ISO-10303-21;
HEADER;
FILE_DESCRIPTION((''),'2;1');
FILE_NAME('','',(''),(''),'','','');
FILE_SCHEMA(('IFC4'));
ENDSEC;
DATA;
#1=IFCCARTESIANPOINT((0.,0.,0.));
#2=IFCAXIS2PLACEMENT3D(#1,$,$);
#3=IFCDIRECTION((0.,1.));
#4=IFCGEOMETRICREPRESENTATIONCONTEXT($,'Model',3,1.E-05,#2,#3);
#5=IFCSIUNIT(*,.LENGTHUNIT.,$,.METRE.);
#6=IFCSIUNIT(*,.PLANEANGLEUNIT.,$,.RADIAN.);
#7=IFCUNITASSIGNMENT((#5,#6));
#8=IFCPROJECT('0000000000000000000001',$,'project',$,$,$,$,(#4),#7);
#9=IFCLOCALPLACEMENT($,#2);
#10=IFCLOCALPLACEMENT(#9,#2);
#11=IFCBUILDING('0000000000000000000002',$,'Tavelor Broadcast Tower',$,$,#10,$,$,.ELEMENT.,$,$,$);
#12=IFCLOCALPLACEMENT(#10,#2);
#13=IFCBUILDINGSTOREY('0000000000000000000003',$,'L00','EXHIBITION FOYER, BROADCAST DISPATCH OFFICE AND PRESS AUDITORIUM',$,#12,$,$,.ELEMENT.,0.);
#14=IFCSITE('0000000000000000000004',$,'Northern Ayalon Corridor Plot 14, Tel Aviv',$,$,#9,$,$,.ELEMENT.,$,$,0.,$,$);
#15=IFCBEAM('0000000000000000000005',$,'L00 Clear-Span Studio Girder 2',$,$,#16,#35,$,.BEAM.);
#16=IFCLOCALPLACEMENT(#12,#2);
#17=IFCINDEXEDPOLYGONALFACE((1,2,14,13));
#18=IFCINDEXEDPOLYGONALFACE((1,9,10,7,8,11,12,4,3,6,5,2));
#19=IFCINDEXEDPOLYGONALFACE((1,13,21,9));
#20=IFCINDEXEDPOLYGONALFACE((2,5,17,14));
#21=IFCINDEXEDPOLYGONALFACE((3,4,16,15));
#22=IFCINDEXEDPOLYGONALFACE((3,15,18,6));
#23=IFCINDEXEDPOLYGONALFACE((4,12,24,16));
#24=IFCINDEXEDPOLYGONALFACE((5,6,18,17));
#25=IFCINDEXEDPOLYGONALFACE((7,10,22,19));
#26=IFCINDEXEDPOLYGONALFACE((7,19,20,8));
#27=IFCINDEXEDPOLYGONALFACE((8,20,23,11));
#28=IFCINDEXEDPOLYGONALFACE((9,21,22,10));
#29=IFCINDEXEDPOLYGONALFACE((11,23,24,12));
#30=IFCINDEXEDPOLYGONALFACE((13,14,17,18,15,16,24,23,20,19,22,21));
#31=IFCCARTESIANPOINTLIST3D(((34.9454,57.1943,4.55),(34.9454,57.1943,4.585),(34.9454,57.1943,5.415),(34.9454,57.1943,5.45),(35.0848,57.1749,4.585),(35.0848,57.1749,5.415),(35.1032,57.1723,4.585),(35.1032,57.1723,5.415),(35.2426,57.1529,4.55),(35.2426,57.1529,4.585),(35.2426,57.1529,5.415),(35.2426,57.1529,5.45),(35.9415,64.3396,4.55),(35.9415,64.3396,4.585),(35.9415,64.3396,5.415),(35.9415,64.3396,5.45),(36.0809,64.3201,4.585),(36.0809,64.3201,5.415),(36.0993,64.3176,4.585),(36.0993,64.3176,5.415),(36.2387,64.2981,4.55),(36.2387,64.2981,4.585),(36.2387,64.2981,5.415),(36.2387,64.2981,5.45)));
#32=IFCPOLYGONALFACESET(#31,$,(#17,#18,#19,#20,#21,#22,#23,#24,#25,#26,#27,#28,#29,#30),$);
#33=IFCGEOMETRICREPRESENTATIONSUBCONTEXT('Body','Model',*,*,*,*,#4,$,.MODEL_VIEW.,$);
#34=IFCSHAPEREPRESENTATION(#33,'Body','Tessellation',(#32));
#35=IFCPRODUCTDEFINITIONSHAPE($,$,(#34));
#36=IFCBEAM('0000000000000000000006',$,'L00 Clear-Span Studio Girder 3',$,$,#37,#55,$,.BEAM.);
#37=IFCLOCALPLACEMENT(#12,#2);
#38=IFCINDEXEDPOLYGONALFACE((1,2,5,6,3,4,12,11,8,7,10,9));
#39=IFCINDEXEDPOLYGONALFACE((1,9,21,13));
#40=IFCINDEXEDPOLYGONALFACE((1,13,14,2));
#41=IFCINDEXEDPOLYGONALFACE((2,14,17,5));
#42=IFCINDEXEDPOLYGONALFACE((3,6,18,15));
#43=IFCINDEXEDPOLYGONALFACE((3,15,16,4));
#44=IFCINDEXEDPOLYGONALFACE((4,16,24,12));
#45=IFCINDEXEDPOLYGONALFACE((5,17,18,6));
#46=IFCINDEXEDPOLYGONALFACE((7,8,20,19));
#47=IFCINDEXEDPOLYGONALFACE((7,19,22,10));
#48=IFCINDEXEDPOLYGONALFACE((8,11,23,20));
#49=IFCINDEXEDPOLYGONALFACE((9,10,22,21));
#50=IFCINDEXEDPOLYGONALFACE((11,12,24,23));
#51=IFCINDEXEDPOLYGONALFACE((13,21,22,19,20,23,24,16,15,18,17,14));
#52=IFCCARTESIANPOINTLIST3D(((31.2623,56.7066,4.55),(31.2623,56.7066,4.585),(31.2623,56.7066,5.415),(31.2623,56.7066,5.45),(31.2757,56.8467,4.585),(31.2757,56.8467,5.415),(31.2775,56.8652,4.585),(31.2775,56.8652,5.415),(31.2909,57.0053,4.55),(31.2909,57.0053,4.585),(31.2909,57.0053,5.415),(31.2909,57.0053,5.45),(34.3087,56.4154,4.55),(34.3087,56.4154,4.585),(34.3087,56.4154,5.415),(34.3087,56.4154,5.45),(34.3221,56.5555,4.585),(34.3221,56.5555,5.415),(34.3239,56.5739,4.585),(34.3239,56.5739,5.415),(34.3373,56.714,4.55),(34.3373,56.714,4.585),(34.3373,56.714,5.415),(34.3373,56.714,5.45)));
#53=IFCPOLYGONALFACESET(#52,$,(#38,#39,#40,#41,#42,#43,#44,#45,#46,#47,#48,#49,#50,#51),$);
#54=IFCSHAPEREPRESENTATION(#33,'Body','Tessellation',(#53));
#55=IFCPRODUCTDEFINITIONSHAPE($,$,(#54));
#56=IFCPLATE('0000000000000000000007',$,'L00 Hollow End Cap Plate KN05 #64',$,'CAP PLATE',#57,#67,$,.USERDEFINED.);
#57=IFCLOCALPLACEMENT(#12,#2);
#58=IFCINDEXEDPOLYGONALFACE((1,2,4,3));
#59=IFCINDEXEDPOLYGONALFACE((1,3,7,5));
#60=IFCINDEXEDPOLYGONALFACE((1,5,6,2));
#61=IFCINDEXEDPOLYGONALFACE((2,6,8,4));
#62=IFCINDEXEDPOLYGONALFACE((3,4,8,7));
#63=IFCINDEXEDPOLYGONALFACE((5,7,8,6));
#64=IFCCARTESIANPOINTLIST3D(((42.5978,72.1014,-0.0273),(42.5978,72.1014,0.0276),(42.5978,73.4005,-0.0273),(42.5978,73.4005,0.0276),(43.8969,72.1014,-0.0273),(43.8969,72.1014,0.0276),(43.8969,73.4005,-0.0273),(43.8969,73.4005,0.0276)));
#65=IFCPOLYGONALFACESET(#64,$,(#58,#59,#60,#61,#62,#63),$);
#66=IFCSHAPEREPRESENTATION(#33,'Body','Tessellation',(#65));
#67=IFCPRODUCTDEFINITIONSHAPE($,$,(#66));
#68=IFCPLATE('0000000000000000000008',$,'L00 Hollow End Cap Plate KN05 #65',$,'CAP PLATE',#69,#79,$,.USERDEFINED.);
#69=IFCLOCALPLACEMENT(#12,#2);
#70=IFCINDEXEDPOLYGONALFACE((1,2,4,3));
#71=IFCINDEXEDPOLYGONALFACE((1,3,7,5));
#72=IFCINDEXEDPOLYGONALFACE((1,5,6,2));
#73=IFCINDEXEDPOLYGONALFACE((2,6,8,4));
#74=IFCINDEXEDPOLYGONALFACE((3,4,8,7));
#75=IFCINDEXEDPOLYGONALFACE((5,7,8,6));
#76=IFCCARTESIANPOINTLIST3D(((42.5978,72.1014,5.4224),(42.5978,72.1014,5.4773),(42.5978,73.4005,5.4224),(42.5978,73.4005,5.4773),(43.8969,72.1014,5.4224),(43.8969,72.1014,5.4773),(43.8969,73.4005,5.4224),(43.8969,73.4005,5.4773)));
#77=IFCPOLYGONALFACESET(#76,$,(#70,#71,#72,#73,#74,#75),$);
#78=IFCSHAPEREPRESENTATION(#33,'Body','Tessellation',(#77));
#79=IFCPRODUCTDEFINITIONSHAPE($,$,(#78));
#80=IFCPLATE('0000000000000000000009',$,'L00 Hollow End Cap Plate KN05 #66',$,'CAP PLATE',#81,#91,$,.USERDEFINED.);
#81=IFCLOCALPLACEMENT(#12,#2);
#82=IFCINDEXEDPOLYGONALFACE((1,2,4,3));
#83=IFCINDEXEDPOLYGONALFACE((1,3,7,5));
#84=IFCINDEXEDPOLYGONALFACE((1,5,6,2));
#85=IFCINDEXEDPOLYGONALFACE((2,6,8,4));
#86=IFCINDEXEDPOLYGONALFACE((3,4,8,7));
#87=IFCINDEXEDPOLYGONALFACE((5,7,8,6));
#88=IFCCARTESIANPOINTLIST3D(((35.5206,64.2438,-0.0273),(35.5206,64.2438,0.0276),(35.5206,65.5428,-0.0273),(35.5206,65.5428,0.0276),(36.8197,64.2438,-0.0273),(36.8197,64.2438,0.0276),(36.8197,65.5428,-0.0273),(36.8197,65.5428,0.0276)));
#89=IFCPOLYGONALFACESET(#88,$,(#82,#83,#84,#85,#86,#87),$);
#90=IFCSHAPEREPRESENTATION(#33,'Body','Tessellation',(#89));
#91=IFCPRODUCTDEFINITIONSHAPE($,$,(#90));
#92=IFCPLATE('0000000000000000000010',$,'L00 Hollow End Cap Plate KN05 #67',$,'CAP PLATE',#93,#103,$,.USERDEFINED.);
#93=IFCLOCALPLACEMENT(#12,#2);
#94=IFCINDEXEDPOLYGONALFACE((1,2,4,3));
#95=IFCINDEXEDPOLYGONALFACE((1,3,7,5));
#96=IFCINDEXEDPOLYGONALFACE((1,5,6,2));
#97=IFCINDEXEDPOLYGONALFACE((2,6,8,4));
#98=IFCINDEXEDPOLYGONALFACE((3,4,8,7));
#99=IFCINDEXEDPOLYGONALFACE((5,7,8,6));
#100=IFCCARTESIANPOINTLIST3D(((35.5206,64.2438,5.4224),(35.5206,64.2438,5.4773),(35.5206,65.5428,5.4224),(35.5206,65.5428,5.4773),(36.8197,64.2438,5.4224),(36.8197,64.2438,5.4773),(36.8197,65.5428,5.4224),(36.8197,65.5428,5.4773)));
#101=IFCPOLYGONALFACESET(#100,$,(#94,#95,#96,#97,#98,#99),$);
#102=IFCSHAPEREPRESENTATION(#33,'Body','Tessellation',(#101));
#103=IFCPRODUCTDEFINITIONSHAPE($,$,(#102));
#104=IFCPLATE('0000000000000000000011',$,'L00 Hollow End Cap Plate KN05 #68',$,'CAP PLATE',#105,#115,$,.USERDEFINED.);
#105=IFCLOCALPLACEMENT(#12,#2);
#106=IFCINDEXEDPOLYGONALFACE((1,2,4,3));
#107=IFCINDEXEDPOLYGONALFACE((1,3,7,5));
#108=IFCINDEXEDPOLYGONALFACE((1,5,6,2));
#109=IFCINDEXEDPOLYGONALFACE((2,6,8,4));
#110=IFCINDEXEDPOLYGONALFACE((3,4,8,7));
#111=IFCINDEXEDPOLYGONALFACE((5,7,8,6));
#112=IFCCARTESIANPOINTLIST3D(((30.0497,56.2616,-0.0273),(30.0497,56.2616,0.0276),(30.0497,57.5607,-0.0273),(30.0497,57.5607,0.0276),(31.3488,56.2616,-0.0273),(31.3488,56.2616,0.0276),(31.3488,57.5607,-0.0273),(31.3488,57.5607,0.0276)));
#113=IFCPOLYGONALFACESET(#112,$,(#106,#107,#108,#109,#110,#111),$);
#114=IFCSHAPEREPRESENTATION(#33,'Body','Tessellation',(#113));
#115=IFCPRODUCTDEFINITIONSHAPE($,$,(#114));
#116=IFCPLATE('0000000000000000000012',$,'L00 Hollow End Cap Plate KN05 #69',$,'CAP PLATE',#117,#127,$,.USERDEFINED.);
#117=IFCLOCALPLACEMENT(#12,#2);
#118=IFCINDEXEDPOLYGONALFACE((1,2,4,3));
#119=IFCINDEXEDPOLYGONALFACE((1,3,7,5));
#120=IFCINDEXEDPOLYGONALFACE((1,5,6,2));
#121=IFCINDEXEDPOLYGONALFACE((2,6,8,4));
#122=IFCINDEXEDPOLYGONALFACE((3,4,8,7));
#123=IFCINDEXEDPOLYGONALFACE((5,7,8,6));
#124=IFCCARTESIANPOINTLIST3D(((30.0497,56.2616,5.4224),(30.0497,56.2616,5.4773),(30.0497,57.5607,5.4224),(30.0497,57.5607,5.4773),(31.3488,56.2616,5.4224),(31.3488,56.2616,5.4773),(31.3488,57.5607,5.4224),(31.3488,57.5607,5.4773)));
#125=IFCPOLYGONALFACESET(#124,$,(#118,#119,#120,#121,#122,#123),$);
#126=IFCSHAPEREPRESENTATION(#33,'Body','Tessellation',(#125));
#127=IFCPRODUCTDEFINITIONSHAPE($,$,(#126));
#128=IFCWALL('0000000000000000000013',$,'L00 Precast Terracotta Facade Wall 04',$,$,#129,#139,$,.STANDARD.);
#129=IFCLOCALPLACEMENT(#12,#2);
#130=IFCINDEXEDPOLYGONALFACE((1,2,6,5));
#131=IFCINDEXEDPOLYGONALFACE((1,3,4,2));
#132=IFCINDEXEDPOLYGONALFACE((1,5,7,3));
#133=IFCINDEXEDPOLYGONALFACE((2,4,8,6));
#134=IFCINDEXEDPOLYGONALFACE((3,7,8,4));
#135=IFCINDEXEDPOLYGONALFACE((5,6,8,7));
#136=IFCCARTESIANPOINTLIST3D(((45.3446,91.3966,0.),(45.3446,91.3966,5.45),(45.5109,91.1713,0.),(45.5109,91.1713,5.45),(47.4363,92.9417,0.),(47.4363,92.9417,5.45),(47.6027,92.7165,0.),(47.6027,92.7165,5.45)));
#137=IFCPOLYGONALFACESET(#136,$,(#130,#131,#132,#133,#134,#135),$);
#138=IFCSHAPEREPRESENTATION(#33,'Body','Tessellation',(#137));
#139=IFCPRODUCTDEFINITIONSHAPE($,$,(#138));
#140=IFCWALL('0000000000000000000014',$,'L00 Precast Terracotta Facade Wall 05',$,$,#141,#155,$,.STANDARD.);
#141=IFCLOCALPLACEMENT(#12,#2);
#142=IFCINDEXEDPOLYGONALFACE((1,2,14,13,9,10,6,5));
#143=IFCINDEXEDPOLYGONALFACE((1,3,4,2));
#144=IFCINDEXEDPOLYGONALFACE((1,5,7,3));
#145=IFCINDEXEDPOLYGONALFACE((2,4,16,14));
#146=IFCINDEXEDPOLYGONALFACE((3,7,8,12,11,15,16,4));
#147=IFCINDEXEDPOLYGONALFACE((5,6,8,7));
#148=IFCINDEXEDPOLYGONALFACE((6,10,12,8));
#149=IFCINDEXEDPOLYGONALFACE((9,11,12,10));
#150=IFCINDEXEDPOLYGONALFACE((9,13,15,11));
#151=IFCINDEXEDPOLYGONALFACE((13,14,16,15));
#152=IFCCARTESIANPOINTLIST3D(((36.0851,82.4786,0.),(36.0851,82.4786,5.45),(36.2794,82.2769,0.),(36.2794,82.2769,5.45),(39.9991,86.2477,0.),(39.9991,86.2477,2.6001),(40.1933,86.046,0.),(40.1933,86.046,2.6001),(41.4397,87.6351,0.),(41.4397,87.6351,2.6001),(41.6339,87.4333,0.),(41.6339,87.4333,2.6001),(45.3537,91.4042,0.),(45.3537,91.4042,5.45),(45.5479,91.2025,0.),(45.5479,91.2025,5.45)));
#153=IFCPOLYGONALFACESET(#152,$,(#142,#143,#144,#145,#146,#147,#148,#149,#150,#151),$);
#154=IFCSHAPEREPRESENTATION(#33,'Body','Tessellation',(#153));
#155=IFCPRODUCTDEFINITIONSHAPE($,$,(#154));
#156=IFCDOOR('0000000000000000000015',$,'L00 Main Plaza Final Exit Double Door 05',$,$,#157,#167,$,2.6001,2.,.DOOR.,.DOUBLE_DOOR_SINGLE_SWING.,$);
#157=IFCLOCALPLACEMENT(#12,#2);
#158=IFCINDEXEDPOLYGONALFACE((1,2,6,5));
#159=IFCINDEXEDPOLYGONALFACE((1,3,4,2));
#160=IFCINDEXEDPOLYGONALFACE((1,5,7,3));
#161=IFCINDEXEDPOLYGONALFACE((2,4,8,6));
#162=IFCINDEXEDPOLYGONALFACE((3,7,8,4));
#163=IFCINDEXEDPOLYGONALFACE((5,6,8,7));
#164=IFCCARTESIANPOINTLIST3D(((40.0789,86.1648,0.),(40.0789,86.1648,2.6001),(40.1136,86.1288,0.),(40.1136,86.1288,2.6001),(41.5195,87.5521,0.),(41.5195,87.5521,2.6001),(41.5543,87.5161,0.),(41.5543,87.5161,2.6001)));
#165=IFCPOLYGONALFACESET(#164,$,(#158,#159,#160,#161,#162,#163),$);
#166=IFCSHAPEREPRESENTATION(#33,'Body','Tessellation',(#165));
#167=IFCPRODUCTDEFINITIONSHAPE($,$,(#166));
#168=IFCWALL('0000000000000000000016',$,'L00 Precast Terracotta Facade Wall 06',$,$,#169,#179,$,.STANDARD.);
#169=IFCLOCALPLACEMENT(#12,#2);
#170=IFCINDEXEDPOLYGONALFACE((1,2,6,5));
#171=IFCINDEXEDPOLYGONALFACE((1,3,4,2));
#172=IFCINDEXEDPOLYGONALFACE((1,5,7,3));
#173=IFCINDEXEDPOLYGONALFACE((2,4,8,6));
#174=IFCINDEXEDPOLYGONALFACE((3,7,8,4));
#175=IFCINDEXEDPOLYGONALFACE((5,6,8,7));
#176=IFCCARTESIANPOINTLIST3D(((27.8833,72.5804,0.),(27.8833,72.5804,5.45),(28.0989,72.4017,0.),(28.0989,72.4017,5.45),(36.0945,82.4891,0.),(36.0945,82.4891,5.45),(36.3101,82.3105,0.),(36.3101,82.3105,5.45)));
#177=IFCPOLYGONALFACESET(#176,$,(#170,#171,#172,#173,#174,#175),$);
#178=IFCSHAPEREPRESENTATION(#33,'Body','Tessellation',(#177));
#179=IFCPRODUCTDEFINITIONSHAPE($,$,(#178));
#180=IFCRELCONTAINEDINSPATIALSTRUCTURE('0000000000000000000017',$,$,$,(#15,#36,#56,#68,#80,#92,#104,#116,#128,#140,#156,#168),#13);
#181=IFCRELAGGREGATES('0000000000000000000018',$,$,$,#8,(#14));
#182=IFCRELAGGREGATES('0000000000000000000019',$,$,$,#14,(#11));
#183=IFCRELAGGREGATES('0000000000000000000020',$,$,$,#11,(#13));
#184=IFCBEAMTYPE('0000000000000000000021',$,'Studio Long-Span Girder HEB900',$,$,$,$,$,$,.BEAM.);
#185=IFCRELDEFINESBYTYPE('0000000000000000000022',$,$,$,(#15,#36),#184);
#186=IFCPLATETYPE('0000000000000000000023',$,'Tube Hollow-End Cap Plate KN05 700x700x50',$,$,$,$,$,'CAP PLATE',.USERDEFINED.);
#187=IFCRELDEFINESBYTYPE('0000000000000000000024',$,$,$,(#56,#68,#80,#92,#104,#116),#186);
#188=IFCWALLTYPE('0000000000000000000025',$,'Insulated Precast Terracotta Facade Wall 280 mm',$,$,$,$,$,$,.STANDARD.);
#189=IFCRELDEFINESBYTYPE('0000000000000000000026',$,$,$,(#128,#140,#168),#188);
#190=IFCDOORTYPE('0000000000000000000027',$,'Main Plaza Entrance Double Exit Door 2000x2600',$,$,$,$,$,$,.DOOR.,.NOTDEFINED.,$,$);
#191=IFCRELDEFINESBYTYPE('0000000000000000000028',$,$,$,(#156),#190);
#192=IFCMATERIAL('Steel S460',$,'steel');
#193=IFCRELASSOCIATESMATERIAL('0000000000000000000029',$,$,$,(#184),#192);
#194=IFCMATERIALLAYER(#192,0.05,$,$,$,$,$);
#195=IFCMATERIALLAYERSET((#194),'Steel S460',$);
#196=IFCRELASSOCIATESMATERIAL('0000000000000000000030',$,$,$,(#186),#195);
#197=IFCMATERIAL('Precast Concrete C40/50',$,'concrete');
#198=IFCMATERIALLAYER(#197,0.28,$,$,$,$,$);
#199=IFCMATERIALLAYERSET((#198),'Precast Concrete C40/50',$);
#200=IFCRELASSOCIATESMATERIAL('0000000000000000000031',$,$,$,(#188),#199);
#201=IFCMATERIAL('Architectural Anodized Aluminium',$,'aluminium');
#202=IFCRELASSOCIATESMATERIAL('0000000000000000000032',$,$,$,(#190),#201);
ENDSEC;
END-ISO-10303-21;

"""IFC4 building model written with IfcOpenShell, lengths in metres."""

from ifc_helpers import new_model, si_unit, direction, frame, frame_2d, origin, origin_2d, place, context, subcontext, project, spatial, rectangle, i_section, extrude, source, transform, mapped, material, layer, layer_set, material_profile, profile_set, type_object, type_shapes, element, fill, save


model = new_model("IFC4")

# Units and contexts
model_context = context("Model", 3, precision=1e-05, world=origin(), true_north=direction((0.0, 1.0)))
body_context = subcontext(model_context, "Body", "Model", "MODEL_VIEW")
ifc_project = project(units=[si_unit("LENGTHUNIT", "METRE"), si_unit("PLANEANGLEUNIT", "RADIAN")], contexts=[model_context])

# Site, building, storey
site_placement = place(None, origin())
site = spatial("IfcSite", under=ifc_project, at=site_placement, Name="Northern Ayalon Corridor Plot 14, Tel Aviv", CompositionType="ELEMENT", RefElevation=0.0)
building_placement = place(site_placement, origin())
building = spatial("IfcBuilding", under=site, at=building_placement, Name="Tavelor Broadcast Tower", CompositionType="ELEMENT")
storey_placement = place(building_placement, origin())
storey = spatial("IfcBuildingStorey", under=building, at=storey_placement, Name="L00", Description="EXHIBITION FOYER, BROADCAST DISPATCH OFFICE AND PRESS AUDITORIUM", CompositionType="ELEMENT", Elevation=0.0)

# Shared definitions
ifc_material_1 = material(Name="Steel S460", Category="steel")

# Beams
ifc_material_profile_1 = material_profile(ifc_material_1, i_section(OverallWidth=0.3, OverallDepth=0.8999, WebThickness=0.0186, FlangeThickness=0.0349, at=origin_2d()), Name="HEB 900")
ifc_profile_set_1 = profile_set([ifc_material_profile_1], Name="Steel S460")
beam_type_1 = type_object("IfcBeamType", Name="Studio Long-Span Girder HEB900", PredefinedType="BEAM", material=ifc_profile_set_1)
beam_1_placement = place(storey_placement, frame((35.094, 57.1736, 5.0), z_axis=(0.138071, 0.990422, 0.0), x_axis=(-0.990422, 0.138071, 0.0)))
element("IfcBeam", 1, at=beam_1_placement, inside=storey, type_object=beam_type_1, Name="L00 Clear-Span Studio Girder 2", PredefinedType="BEAM", context=body_context, shape_type="SweptSolid", body=[
    extrude(i_section(OverallWidth=0.3, OverallDepth=0.8999, WebThickness=0.0186, FlangeThickness=0.0349, at=origin_2d()), origin(), (0.0, 0.0, 1.0), 7.2144),
])
beam_2_placement = place(storey_placement, frame((34.323, 56.5647, 5.0), z_axis=(-0.995461, 0.095174, 0.0), x_axis=(-0.095174, -0.995461, 0.0)))
element("IfcBeam", 2, at=beam_2_placement, inside=storey, type_object=beam_type_1, Name="L00 Clear-Span Studio Girder 3", PredefinedType="BEAM", context=body_context, shape_type="SweptSolid", body=[
    extrude(i_section(OverallWidth=0.3, OverallDepth=0.8999, WebThickness=0.0186, FlangeThickness=0.0349, at=origin_2d()), origin(), (0.0, 0.0, 1.0), 3.0603),
])

# Plates
ifc_layer_1 = layer(ifc_material_1, 0.05)
ifc_layer_set_1 = layer_set([ifc_layer_1], Name="Steel S460")
plate_type = type_object("IfcPlateType", Name="Tube Hollow-End Cap Plate KN05 700x700x50", ElementType="CAP PLATE", PredefinedType="USERDEFINED", material=ifc_layer_set_1)
shared_shape = source(origin(), body_context, "Body", "SweptSolid", [
    extrude(rectangle(XDim=1.2991, YDim=1.2991, at=origin_2d()), origin(), (0.0, 0.0, 1.0), 0.0549),
])
type_shapes(plate_type, [shared_shape])
for number, where, z_axis, x_axis, name in (
    (3, (43.2473, 72.751, -0.0273), (0.0, 0.0, 1.0), (1.0, 0.0, 0.0), "L00 Hollow End Cap Plate KN05 #64"),
    (4, (43.2473, 72.751, 5.4224), (0.0, 0.0, 1.0), (1.0, 0.0, 0.0), "L00 Hollow End Cap Plate KN05 #65"),
    (5, (36.1702, 64.8933, -0.0273), (0.0, 0.0, 1.0), (1.0, 0.0, 0.0), "L00 Hollow End Cap Plate KN05 #66"),
    (6, (36.1702, 64.8933, 5.4224), (0.0, 0.0, 1.0), (1.0, 0.0, 0.0), "L00 Hollow End Cap Plate KN05 #67"),
    (7, (30.6992, 56.9111, -0.0273), (0.0, 0.0, 1.0), (1.0, 0.0, 0.0), "L00 Hollow End Cap Plate KN05 #68"),
    (8, (30.6992, 56.9111, 5.4224), (0.0, 0.0, 1.0), (1.0, 0.0, 0.0), "L00 Hollow End Cap Plate KN05 #69"),
):
    element("IfcPlate", number, at=place(storey_placement, frame(where, z_axis=z_axis, x_axis=x_axis)), inside=storey, type_object=plate_type, Name=name, ObjectType="CAP PLATE", PredefinedType="USERDEFINED", context=body_context, shape_type="MappedRepresentation", body=[
        mapped(shared_shape, transform((0.0, 0.0, 0.0), scale=1.0)),
    ])

# Wall
ifc_material_2 = material(Name="Precast Concrete C40/50", Category="concrete")
ifc_layer_2 = layer(ifc_material_2, 0.28)
ifc_layer_set_2 = layer_set([ifc_layer_2], Name="Precast Concrete C40/50")
wall_type = type_object("IfcWallType", Name="Insulated Precast Terracotta Facade Wall 280 mm", PredefinedType="STANDARD", material=ifc_layer_set_2)
wall_1_placement = place(storey_placement, frame((47.5195, 92.8291, 0.0), z_axis=(0.0, 0.0, 1.0), x_axis=(-0.80435, -0.594156, 0.0)))
element("IfcWall", 9, at=wall_1_placement, inside=storey, type_object=wall_type, Name="L00 Precast Terracotta Facade Wall 04", PredefinedType="STANDARD", context=body_context, shape_type="SweptSolid", body=[
    extrude(rectangle(XDim=2.6006, YDim=0.28, at=frame_2d((1.3003, 0.0))), origin(), (0.0, 0.0, 1.0), 5.45),
])

# Wall, opening, door
wall_2_placement = place(storey_placement, frame((45.4507, 91.3032, 0.0), z_axis=(0.0, 0.0, 1.0), x_axis=(-0.72031, -0.693652, 0.0)))
wall_2 = element("IfcWall", 10, at=wall_2_placement, inside=storey, type_object=wall_type, Name="L00 Precast Terracotta Facade Wall 05", PredefinedType="STANDARD", context=body_context, shape_type="SweptSolid", body=[
    extrude(rectangle(XDim=12.8674, YDim=0.28, at=frame_2d((6.4336, 0.0))), origin(), (0.0, 0.0, 1.0), 5.45),
])
opening_1_placement = place(wall_2_placement, frame((5.4336, 0.0, 0.0)))
opening_1 = element("IfcOpeningElement", 11, at=opening_1_placement, cuts=wall_2, PredefinedType="OPENING", context=body_context, shape_type="SweptSolid", body=[
    extrude(rectangle(XDim=2.0, YDim=2.6001, at=frame_2d((1.0, 1.3))), frame((0.0, 0.1499, 0.0), z_axis=(0.0, -1.0, 0.0), x_axis=(1.0, 0.0, 0.0)), (0.0, 0.0, 1.0), 0.3),
])
ifc_material_3 = material(Name="Architectural Anodized Aluminium", Category="aluminium")
door_type = type_object("IfcDoorType", Name="Main Plaza Entrance Double Exit Door 2000x2600", OperationType="NOTDEFINED", PredefinedType="DOOR", material=ifc_material_3)
door_1_placement = place(opening_1_placement, frame((2.0, 0.0, 0.0), z_axis=(0.0, 0.0, 1.0), x_axis=(-1.0, 0.0, 0.0)))
door_1 = element("IfcDoor", 12, at=door_1_placement, inside=storey, type_object=door_type, Name="L00 Main Plaza Final Exit Double Door 05", OperationType="DOUBLE_DOOR_SINGLE_SWING", OverallHeight=2.6001, OverallWidth=2.0, PredefinedType="DOOR", context=body_context, shape_type="SweptSolid", body=[
    extrude(rectangle(XDim=2.0, YDim=2.6001, at=frame_2d((1.0, 1.3))), frame((0.0, 0.0249, 0.0), z_axis=(0.0, -1.0, 0.0), x_axis=(1.0, 0.0, 0.0)), (0.0, 0.0, 1.0), 0.05),
])
fill(opening_1, door_1)

# Wall
wall_3_placement = place(storey_placement, frame((36.2024, 82.3999, 0.0), z_axis=(0.0, 0.0, 1.0), x_axis=(-0.63807, -0.769979, 0.0)))
element("IfcWall", 13, at=wall_3_placement, inside=storey, type_object=wall_type, Name="L00 Precast Terracotta Facade Wall 06", PredefinedType="STANDARD", context=body_context, shape_type="SweptSolid", body=[
    extrude(rectangle(XDim=12.8689, YDim=0.28, at=frame_2d((6.4346, 0.0))), origin(), (0.0, 0.0, 1.0), 5.45),
])

save(model, "model.ifc")
